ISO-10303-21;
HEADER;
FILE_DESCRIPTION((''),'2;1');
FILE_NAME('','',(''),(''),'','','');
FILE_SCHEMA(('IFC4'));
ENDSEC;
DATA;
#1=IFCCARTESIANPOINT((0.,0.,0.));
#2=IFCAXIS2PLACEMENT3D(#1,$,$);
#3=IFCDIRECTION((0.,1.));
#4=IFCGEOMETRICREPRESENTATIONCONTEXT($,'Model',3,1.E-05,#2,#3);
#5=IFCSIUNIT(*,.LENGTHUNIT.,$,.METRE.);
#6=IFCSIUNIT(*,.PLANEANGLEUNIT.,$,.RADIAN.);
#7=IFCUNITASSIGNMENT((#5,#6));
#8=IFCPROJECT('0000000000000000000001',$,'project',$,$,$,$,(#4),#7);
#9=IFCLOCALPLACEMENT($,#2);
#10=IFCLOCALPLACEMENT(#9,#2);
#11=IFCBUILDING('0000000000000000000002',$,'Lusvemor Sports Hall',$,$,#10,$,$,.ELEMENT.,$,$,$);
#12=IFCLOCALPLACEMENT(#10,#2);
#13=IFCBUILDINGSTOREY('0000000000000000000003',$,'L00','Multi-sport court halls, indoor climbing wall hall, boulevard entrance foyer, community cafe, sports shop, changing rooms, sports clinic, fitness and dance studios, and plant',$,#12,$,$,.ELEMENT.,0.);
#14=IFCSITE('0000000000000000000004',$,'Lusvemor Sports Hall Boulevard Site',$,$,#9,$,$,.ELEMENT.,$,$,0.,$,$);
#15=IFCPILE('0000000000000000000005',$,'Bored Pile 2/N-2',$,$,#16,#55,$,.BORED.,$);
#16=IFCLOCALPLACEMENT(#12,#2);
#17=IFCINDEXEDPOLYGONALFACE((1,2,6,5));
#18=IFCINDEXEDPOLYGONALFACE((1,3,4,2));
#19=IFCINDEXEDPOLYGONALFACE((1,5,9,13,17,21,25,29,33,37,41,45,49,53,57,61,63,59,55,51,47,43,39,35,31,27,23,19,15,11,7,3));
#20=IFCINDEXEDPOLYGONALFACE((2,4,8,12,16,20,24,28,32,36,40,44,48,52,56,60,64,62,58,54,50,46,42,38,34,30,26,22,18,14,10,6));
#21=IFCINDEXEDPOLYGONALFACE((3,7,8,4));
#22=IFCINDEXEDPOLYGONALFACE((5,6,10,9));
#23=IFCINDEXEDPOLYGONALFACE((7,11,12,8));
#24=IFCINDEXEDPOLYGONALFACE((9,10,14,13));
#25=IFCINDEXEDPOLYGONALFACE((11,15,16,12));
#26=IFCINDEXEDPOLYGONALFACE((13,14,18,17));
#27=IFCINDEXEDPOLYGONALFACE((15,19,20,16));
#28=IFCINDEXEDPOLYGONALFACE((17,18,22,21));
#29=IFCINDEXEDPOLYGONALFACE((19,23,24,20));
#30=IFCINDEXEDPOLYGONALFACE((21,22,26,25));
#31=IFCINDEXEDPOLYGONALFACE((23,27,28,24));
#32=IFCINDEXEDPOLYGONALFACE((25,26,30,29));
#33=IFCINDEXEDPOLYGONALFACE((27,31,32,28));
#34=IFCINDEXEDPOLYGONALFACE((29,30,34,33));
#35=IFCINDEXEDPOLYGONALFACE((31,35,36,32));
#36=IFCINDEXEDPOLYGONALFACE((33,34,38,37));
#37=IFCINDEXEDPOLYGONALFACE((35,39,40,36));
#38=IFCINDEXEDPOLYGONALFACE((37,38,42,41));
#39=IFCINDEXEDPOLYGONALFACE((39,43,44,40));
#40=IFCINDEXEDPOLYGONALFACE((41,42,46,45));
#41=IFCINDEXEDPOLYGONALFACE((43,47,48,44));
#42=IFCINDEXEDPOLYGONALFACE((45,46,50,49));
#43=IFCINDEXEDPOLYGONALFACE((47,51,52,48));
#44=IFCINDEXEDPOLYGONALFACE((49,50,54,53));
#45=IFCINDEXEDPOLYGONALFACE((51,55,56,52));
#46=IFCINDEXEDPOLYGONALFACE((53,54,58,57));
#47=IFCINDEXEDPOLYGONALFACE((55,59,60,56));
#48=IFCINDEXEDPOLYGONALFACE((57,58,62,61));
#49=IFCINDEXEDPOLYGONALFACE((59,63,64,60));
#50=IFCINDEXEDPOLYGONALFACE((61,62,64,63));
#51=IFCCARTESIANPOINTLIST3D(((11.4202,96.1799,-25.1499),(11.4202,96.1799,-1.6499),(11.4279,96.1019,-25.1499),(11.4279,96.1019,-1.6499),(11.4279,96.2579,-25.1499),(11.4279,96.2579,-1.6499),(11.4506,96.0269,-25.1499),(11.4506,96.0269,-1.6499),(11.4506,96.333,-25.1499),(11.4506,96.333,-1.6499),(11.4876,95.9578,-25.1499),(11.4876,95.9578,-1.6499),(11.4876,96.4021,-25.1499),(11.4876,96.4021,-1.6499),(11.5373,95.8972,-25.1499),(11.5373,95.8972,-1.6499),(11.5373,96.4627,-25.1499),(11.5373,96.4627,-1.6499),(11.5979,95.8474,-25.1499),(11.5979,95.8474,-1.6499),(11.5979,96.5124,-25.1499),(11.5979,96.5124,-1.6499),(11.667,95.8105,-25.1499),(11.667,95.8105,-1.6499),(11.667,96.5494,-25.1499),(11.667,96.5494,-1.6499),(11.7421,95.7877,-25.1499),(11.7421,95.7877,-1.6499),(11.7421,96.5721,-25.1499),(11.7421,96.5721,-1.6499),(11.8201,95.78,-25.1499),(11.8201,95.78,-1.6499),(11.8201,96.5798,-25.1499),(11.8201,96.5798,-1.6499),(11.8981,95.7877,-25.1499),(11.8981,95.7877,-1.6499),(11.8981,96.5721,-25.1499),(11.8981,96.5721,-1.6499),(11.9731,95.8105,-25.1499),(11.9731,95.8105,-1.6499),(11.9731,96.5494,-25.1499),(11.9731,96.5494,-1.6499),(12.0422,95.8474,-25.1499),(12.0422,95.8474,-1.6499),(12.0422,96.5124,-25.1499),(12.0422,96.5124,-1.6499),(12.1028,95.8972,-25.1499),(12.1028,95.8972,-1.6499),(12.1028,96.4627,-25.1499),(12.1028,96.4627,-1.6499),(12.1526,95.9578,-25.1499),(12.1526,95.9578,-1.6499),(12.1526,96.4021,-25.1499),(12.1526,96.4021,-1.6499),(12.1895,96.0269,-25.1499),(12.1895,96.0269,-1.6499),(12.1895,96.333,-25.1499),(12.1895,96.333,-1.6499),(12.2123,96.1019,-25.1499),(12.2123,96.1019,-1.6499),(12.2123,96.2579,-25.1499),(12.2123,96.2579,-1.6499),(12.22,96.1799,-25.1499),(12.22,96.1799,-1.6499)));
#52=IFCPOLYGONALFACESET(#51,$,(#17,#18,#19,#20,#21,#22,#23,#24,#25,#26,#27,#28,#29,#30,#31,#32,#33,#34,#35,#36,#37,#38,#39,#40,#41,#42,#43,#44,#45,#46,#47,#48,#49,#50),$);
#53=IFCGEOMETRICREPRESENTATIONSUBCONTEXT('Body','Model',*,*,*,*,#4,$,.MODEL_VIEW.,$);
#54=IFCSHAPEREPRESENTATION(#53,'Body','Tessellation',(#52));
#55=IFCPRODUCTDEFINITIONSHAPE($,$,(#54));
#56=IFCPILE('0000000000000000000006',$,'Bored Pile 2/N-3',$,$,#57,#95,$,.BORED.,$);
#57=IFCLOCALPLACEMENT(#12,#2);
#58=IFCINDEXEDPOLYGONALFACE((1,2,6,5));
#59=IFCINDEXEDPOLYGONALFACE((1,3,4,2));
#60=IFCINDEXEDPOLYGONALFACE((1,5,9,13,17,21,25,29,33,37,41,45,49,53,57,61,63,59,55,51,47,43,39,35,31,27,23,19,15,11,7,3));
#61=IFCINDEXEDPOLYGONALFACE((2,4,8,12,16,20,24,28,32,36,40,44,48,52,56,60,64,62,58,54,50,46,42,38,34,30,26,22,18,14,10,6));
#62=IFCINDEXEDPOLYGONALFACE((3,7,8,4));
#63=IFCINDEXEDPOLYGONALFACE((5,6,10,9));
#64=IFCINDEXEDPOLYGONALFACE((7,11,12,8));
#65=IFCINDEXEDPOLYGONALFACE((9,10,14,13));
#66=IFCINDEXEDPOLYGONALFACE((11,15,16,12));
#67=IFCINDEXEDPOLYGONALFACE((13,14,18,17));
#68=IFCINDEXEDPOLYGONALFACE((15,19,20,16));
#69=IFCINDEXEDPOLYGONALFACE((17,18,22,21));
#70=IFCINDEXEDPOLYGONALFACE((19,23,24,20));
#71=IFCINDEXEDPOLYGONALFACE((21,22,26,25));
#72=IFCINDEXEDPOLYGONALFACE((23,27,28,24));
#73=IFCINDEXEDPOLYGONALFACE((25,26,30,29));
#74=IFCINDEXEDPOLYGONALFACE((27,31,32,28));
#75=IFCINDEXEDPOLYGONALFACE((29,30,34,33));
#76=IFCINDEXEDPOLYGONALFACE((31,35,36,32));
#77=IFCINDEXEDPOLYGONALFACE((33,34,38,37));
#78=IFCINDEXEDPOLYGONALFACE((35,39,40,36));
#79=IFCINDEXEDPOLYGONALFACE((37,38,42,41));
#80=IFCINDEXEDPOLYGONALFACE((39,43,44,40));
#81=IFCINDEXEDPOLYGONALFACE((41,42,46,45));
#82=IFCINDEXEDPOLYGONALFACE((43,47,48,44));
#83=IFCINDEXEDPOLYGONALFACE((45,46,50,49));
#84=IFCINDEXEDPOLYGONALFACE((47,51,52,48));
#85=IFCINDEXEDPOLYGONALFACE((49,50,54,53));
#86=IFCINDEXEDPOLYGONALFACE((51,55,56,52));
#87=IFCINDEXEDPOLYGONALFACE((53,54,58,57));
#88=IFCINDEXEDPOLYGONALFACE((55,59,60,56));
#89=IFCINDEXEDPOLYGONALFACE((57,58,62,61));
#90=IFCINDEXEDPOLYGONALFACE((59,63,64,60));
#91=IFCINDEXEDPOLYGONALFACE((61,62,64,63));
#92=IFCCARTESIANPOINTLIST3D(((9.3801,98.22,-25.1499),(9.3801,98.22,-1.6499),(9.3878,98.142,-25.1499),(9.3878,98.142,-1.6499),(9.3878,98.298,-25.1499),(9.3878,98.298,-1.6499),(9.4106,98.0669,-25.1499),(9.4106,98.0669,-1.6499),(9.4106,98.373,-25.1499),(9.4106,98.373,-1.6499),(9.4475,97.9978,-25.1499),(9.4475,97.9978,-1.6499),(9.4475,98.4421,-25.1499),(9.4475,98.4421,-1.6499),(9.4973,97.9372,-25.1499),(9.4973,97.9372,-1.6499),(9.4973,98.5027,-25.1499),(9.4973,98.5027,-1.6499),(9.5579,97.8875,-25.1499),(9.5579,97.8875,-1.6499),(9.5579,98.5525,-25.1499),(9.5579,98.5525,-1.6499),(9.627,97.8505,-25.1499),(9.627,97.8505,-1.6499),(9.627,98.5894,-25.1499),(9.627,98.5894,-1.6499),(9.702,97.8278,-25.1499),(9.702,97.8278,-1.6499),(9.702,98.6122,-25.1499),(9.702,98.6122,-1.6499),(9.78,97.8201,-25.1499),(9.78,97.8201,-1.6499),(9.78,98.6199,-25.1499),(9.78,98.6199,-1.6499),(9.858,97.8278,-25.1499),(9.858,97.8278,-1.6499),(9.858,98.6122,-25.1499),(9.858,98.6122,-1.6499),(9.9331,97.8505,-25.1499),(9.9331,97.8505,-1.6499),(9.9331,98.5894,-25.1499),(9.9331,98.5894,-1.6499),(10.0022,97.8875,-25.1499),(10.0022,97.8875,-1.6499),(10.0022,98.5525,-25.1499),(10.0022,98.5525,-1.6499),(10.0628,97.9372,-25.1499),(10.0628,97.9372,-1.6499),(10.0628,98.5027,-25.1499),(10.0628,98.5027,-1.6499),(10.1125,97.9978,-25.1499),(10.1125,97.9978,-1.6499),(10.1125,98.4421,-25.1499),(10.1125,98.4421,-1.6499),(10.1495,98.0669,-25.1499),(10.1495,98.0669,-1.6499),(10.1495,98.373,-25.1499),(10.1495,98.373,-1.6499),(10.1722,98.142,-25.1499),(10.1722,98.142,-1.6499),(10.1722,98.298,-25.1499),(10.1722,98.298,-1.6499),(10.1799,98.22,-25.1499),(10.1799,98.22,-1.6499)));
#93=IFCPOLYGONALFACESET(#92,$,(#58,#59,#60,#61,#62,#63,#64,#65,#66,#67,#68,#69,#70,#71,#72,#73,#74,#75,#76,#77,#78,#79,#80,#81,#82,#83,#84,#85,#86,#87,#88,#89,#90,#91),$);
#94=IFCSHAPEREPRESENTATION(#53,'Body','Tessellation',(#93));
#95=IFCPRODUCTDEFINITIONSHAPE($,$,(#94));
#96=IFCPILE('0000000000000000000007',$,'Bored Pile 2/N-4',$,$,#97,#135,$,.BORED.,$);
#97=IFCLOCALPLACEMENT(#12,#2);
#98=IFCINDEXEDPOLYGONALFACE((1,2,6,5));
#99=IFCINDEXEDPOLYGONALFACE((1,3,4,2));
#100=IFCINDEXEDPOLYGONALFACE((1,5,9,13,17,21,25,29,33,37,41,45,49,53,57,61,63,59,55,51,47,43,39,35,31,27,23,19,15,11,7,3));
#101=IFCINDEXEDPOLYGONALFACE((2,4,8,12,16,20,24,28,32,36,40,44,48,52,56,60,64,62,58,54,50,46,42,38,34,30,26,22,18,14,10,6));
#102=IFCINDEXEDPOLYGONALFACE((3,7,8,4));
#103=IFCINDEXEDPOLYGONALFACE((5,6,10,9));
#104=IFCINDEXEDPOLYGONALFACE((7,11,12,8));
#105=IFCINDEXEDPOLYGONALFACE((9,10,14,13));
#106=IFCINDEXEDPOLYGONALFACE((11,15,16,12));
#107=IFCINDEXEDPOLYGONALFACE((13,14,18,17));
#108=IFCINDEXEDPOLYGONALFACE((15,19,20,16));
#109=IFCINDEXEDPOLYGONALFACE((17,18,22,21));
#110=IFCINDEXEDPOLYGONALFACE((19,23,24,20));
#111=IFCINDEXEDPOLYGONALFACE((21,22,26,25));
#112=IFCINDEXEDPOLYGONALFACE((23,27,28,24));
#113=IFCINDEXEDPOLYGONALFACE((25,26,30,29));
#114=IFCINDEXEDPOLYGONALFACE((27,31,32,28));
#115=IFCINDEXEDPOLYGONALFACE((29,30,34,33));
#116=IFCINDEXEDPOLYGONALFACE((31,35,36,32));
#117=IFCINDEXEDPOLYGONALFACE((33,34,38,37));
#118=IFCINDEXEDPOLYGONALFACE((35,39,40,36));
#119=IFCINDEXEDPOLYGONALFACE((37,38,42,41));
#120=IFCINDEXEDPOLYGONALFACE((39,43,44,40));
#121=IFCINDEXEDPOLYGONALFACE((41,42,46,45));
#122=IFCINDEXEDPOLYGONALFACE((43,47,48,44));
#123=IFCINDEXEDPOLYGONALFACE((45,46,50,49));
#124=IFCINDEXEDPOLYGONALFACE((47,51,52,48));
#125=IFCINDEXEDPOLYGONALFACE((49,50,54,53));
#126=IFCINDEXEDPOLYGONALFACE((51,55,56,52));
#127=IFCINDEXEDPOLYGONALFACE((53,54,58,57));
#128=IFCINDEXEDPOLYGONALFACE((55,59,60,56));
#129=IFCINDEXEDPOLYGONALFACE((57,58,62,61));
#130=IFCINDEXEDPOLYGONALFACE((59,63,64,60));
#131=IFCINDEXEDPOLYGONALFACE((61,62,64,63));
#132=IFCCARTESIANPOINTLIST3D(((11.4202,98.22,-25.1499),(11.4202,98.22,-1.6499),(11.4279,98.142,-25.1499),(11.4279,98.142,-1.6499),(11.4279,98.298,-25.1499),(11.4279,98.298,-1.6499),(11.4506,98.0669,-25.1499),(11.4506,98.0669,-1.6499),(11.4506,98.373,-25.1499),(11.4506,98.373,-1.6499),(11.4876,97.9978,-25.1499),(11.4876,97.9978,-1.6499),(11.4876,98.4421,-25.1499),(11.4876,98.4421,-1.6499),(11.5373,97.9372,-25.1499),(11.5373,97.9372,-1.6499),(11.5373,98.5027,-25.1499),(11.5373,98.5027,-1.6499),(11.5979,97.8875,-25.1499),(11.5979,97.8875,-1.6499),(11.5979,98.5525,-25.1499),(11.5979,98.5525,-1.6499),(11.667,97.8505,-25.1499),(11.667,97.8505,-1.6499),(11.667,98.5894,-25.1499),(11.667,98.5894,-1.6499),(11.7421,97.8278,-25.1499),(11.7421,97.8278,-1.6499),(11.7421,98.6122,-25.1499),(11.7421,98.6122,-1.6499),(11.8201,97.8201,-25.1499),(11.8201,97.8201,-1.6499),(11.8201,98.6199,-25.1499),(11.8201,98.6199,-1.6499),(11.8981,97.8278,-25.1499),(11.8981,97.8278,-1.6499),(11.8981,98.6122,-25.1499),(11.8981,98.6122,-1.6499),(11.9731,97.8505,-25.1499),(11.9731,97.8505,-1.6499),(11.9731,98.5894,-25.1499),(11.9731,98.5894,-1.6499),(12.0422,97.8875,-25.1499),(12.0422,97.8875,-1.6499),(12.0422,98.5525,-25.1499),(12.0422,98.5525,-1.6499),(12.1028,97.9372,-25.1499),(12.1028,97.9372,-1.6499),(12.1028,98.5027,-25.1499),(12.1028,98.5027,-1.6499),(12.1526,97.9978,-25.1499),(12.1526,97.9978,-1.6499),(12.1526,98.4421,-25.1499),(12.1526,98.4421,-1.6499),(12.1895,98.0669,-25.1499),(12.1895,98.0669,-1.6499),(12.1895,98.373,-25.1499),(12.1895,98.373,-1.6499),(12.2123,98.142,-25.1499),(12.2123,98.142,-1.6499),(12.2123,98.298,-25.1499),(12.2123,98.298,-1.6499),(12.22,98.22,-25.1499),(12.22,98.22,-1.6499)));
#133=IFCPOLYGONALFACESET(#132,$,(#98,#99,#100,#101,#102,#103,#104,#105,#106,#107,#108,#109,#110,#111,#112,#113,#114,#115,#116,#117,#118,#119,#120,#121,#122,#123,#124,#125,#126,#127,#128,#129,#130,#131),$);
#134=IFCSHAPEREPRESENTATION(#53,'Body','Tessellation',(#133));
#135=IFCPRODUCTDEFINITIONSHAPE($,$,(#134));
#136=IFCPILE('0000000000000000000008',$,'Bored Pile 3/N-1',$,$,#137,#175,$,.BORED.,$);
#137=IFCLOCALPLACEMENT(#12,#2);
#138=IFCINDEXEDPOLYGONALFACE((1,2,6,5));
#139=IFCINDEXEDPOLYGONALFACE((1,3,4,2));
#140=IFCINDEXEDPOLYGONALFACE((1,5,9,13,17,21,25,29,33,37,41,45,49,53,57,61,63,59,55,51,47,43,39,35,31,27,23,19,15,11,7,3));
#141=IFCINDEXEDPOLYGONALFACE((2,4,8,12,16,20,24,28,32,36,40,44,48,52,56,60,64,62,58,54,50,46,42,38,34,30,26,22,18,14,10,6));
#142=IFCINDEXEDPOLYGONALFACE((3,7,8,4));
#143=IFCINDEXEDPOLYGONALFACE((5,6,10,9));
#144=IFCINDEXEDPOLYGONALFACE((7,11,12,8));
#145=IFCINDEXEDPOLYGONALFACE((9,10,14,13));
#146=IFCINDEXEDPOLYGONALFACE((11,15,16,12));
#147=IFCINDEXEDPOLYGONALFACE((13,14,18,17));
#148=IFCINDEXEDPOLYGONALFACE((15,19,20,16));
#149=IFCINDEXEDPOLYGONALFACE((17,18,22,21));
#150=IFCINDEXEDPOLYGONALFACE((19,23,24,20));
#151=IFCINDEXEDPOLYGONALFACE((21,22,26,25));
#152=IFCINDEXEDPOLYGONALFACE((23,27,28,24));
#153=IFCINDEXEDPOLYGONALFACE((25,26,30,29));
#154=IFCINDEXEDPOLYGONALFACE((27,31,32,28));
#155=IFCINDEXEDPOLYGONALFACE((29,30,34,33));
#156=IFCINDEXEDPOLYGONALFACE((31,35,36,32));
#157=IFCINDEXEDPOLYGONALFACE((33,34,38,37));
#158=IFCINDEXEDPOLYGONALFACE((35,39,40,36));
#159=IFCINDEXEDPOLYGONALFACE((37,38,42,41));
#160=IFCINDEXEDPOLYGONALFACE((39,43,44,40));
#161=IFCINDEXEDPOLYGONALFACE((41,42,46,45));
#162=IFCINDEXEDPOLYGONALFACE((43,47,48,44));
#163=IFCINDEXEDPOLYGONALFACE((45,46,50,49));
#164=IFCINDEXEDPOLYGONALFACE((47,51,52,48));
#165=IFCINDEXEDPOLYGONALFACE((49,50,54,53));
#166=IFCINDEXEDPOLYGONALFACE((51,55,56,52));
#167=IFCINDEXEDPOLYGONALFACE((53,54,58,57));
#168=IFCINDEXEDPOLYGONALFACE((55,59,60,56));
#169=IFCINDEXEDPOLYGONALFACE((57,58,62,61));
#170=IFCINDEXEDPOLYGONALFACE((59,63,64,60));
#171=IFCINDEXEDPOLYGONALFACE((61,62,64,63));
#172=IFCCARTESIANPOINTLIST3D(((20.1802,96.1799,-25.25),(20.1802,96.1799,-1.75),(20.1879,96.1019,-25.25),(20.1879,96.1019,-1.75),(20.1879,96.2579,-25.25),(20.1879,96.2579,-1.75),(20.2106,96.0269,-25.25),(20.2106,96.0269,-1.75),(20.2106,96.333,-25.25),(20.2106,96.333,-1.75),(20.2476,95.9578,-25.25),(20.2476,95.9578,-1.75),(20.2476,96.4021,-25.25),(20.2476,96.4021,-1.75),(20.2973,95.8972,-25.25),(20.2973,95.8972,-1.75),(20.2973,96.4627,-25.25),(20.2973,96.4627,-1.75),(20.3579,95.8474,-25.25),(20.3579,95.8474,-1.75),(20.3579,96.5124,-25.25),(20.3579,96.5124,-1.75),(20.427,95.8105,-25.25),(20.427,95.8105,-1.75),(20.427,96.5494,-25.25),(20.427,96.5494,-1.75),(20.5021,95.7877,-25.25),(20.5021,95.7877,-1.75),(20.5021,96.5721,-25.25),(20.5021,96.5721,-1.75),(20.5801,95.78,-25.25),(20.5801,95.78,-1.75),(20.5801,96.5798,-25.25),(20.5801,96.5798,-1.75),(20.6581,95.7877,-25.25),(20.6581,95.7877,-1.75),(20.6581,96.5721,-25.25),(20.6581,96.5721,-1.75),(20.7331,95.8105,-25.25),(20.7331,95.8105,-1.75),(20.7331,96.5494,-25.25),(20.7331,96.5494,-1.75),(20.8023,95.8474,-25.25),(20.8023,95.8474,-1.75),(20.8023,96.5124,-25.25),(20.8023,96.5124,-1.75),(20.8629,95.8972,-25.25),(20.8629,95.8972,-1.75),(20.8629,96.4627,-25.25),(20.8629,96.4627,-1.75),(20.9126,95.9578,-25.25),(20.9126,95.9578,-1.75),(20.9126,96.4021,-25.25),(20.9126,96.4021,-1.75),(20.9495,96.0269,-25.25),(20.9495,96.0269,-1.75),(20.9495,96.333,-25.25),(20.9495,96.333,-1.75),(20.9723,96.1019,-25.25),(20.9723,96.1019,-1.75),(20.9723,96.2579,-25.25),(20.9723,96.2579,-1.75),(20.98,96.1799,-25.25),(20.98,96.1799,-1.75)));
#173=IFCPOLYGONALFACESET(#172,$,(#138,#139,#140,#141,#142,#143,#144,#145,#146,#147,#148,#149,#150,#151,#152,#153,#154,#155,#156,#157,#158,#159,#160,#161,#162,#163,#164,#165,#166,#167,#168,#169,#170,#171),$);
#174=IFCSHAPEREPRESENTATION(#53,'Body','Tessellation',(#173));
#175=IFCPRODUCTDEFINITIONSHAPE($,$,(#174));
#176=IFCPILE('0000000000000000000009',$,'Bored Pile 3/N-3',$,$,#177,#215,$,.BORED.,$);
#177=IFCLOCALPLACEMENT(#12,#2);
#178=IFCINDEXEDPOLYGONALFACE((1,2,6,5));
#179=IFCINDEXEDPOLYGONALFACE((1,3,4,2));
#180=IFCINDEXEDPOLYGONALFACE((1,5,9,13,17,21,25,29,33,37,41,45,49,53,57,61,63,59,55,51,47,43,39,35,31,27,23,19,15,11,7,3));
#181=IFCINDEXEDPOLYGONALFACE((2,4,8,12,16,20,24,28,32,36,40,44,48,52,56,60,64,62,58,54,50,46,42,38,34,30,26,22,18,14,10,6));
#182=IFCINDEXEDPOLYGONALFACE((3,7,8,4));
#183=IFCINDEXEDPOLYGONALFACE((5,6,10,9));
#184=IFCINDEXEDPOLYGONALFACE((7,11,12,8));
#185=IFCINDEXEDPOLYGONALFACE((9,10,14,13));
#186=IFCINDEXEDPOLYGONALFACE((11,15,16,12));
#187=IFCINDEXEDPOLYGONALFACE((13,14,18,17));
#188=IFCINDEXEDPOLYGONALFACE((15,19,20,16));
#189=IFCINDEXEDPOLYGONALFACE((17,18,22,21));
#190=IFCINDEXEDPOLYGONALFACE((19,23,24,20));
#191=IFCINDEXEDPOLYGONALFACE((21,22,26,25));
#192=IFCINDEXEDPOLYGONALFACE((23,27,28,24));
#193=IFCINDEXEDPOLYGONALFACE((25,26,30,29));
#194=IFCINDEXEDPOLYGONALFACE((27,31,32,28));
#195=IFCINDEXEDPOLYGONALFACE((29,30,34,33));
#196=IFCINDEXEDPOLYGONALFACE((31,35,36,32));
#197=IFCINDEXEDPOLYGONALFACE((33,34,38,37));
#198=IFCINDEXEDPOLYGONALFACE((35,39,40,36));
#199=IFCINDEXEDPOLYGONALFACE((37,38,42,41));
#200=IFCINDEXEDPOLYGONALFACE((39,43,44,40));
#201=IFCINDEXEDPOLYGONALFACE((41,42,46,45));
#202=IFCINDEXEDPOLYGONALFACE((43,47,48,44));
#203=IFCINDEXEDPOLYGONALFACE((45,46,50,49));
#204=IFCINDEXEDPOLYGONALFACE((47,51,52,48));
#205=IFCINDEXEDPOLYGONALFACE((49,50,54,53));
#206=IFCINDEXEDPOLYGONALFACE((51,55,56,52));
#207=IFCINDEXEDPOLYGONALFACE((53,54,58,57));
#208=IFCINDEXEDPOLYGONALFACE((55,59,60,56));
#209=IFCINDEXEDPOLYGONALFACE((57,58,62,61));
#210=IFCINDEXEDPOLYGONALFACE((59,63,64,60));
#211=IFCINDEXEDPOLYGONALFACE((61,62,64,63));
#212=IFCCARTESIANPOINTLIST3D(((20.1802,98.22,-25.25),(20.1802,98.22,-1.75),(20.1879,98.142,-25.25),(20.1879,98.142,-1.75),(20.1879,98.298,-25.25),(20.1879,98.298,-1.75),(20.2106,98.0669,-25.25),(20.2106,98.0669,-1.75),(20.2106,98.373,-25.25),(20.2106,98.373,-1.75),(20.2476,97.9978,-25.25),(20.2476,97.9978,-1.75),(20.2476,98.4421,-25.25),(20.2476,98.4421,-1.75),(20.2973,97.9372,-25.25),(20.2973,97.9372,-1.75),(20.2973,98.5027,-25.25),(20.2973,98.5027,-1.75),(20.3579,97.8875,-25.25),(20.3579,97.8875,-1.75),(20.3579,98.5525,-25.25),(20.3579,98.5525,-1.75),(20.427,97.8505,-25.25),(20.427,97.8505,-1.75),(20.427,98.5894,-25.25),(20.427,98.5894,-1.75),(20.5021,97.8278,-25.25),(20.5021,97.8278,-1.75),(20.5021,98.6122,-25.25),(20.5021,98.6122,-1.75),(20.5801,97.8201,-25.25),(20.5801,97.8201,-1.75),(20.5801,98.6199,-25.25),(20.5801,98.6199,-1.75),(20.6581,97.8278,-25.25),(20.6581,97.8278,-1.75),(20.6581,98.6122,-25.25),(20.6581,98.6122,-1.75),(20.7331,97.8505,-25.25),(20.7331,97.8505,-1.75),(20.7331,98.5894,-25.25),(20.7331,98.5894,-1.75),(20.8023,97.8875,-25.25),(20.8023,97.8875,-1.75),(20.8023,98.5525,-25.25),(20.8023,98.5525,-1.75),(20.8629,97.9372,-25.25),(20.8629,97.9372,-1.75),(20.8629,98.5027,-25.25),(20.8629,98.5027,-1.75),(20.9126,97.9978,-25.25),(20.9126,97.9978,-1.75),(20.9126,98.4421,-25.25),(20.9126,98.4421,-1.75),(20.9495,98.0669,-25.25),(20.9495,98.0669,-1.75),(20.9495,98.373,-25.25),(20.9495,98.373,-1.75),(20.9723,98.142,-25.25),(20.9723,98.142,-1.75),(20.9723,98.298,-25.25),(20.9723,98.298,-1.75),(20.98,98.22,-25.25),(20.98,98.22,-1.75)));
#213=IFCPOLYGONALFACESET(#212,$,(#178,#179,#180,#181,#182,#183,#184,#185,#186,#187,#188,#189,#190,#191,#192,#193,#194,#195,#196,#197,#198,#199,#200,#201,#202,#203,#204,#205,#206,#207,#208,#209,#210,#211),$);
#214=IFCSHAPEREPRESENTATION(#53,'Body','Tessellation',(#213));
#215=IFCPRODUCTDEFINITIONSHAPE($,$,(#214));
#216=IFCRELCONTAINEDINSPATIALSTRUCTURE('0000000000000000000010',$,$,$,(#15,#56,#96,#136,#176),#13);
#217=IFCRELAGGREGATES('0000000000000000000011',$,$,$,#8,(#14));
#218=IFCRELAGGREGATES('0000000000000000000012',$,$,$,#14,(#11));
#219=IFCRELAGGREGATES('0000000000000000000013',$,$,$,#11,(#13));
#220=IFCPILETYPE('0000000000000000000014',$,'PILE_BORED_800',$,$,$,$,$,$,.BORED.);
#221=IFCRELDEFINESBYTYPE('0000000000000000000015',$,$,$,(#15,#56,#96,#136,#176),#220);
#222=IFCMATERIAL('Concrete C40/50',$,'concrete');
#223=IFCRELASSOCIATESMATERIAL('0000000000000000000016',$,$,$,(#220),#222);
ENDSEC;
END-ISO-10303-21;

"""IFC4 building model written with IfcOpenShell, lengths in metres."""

from ifc_helpers import new_model, si_unit, direction, frame, origin, origin_2d, place, context, subcontext, project, spatial, circle, extrude, material, material_profile, profile_set, type_object, element, save


model = new_model("IFC4")

# Units and contexts
model_context = context("Model", 3, precision=1e-05, world=origin(), true_north=direction((0.0, 1.0)))
body_context = subcontext(model_context, "Body", "Model", "MODEL_VIEW")
ifc_project = project(units=[si_unit("LENGTHUNIT", "METRE"), si_unit("PLANEANGLEUNIT", "RADIAN")], contexts=[model_context])

# Site, building, storey
site_placement = place(None, origin())
site = spatial("IfcSite", under=ifc_project, at=site_placement, Name="Lusvemor Sports Hall Boulevard Site", CompositionType="ELEMENT", RefElevation=0.0)
building_placement = place(site_placement, origin())
building = spatial("IfcBuilding", under=site, at=building_placement, Name="Lusvemor Sports Hall", CompositionType="ELEMENT")
storey_placement = place(building_placement, origin())
storey = spatial("IfcBuildingStorey", under=building, at=storey_placement, Name="L00", Description="Multi-sport court halls, indoor climbing wall hall, boulevard entrance foyer, community cafe, sports shop, changing rooms, sports clinic, fitness and dance studios, and plant", CompositionType="ELEMENT", Elevation=0.0)

# Piles
ifc_material_1 = material(Name="Concrete C40/50", Category="concrete")
ifc_material_profile_1 = material_profile(ifc_material_1, circle(Radius=0.3999, at=origin_2d()), Name="PILE800")
ifc_profile_set_1 = profile_set([ifc_material_profile_1], Name="Concrete C40/50")
pile_type_1 = type_object("IfcPileType", Name="PILE_BORED_800", PredefinedType="BORED", material=ifc_profile_set_1)
for number, where, z_axis, x_axis, name in (
    (1, (11.8201, 96.1799, -1.6499), (0.0, 0.0, -1.0), (1.0, 0.0, 0.0), "Bored Pile 2/N-2"),
    (2, (9.78, 98.22, -1.6499), (0.0, 0.0, -1.0), (1.0, 0.0, 0.0), "Bored Pile 2/N-3"),
    (3, (11.8201, 98.22, -1.6499), (0.0, 0.0, -1.0), (1.0, 0.0, 0.0), "Bored Pile 2/N-4"),
    (4, (20.5801, 96.1799, -1.75), (0.0, 0.0, -1.0), (1.0, 0.0, 0.0), "Bored Pile 3/N-1"),
    (5, (20.5801, 98.22, -1.75), (0.0, 0.0, -1.0), (1.0, 0.0, 0.0), "Bored Pile 3/N-3"),
):
    element("IfcPile", number, at=place(storey_placement, frame(where, z_axis=z_axis, x_axis=x_axis)), inside=storey, type_object=pile_type_1, Name=name, PredefinedType="BORED", context=body_context, shape_type="SweptSolid", body=[
        extrude(circle(Radius=0.3999, at=origin_2d()), origin(), (0.0, 0.0, 1.0), 23.5),
    ])

save(model, "model.ifc")
